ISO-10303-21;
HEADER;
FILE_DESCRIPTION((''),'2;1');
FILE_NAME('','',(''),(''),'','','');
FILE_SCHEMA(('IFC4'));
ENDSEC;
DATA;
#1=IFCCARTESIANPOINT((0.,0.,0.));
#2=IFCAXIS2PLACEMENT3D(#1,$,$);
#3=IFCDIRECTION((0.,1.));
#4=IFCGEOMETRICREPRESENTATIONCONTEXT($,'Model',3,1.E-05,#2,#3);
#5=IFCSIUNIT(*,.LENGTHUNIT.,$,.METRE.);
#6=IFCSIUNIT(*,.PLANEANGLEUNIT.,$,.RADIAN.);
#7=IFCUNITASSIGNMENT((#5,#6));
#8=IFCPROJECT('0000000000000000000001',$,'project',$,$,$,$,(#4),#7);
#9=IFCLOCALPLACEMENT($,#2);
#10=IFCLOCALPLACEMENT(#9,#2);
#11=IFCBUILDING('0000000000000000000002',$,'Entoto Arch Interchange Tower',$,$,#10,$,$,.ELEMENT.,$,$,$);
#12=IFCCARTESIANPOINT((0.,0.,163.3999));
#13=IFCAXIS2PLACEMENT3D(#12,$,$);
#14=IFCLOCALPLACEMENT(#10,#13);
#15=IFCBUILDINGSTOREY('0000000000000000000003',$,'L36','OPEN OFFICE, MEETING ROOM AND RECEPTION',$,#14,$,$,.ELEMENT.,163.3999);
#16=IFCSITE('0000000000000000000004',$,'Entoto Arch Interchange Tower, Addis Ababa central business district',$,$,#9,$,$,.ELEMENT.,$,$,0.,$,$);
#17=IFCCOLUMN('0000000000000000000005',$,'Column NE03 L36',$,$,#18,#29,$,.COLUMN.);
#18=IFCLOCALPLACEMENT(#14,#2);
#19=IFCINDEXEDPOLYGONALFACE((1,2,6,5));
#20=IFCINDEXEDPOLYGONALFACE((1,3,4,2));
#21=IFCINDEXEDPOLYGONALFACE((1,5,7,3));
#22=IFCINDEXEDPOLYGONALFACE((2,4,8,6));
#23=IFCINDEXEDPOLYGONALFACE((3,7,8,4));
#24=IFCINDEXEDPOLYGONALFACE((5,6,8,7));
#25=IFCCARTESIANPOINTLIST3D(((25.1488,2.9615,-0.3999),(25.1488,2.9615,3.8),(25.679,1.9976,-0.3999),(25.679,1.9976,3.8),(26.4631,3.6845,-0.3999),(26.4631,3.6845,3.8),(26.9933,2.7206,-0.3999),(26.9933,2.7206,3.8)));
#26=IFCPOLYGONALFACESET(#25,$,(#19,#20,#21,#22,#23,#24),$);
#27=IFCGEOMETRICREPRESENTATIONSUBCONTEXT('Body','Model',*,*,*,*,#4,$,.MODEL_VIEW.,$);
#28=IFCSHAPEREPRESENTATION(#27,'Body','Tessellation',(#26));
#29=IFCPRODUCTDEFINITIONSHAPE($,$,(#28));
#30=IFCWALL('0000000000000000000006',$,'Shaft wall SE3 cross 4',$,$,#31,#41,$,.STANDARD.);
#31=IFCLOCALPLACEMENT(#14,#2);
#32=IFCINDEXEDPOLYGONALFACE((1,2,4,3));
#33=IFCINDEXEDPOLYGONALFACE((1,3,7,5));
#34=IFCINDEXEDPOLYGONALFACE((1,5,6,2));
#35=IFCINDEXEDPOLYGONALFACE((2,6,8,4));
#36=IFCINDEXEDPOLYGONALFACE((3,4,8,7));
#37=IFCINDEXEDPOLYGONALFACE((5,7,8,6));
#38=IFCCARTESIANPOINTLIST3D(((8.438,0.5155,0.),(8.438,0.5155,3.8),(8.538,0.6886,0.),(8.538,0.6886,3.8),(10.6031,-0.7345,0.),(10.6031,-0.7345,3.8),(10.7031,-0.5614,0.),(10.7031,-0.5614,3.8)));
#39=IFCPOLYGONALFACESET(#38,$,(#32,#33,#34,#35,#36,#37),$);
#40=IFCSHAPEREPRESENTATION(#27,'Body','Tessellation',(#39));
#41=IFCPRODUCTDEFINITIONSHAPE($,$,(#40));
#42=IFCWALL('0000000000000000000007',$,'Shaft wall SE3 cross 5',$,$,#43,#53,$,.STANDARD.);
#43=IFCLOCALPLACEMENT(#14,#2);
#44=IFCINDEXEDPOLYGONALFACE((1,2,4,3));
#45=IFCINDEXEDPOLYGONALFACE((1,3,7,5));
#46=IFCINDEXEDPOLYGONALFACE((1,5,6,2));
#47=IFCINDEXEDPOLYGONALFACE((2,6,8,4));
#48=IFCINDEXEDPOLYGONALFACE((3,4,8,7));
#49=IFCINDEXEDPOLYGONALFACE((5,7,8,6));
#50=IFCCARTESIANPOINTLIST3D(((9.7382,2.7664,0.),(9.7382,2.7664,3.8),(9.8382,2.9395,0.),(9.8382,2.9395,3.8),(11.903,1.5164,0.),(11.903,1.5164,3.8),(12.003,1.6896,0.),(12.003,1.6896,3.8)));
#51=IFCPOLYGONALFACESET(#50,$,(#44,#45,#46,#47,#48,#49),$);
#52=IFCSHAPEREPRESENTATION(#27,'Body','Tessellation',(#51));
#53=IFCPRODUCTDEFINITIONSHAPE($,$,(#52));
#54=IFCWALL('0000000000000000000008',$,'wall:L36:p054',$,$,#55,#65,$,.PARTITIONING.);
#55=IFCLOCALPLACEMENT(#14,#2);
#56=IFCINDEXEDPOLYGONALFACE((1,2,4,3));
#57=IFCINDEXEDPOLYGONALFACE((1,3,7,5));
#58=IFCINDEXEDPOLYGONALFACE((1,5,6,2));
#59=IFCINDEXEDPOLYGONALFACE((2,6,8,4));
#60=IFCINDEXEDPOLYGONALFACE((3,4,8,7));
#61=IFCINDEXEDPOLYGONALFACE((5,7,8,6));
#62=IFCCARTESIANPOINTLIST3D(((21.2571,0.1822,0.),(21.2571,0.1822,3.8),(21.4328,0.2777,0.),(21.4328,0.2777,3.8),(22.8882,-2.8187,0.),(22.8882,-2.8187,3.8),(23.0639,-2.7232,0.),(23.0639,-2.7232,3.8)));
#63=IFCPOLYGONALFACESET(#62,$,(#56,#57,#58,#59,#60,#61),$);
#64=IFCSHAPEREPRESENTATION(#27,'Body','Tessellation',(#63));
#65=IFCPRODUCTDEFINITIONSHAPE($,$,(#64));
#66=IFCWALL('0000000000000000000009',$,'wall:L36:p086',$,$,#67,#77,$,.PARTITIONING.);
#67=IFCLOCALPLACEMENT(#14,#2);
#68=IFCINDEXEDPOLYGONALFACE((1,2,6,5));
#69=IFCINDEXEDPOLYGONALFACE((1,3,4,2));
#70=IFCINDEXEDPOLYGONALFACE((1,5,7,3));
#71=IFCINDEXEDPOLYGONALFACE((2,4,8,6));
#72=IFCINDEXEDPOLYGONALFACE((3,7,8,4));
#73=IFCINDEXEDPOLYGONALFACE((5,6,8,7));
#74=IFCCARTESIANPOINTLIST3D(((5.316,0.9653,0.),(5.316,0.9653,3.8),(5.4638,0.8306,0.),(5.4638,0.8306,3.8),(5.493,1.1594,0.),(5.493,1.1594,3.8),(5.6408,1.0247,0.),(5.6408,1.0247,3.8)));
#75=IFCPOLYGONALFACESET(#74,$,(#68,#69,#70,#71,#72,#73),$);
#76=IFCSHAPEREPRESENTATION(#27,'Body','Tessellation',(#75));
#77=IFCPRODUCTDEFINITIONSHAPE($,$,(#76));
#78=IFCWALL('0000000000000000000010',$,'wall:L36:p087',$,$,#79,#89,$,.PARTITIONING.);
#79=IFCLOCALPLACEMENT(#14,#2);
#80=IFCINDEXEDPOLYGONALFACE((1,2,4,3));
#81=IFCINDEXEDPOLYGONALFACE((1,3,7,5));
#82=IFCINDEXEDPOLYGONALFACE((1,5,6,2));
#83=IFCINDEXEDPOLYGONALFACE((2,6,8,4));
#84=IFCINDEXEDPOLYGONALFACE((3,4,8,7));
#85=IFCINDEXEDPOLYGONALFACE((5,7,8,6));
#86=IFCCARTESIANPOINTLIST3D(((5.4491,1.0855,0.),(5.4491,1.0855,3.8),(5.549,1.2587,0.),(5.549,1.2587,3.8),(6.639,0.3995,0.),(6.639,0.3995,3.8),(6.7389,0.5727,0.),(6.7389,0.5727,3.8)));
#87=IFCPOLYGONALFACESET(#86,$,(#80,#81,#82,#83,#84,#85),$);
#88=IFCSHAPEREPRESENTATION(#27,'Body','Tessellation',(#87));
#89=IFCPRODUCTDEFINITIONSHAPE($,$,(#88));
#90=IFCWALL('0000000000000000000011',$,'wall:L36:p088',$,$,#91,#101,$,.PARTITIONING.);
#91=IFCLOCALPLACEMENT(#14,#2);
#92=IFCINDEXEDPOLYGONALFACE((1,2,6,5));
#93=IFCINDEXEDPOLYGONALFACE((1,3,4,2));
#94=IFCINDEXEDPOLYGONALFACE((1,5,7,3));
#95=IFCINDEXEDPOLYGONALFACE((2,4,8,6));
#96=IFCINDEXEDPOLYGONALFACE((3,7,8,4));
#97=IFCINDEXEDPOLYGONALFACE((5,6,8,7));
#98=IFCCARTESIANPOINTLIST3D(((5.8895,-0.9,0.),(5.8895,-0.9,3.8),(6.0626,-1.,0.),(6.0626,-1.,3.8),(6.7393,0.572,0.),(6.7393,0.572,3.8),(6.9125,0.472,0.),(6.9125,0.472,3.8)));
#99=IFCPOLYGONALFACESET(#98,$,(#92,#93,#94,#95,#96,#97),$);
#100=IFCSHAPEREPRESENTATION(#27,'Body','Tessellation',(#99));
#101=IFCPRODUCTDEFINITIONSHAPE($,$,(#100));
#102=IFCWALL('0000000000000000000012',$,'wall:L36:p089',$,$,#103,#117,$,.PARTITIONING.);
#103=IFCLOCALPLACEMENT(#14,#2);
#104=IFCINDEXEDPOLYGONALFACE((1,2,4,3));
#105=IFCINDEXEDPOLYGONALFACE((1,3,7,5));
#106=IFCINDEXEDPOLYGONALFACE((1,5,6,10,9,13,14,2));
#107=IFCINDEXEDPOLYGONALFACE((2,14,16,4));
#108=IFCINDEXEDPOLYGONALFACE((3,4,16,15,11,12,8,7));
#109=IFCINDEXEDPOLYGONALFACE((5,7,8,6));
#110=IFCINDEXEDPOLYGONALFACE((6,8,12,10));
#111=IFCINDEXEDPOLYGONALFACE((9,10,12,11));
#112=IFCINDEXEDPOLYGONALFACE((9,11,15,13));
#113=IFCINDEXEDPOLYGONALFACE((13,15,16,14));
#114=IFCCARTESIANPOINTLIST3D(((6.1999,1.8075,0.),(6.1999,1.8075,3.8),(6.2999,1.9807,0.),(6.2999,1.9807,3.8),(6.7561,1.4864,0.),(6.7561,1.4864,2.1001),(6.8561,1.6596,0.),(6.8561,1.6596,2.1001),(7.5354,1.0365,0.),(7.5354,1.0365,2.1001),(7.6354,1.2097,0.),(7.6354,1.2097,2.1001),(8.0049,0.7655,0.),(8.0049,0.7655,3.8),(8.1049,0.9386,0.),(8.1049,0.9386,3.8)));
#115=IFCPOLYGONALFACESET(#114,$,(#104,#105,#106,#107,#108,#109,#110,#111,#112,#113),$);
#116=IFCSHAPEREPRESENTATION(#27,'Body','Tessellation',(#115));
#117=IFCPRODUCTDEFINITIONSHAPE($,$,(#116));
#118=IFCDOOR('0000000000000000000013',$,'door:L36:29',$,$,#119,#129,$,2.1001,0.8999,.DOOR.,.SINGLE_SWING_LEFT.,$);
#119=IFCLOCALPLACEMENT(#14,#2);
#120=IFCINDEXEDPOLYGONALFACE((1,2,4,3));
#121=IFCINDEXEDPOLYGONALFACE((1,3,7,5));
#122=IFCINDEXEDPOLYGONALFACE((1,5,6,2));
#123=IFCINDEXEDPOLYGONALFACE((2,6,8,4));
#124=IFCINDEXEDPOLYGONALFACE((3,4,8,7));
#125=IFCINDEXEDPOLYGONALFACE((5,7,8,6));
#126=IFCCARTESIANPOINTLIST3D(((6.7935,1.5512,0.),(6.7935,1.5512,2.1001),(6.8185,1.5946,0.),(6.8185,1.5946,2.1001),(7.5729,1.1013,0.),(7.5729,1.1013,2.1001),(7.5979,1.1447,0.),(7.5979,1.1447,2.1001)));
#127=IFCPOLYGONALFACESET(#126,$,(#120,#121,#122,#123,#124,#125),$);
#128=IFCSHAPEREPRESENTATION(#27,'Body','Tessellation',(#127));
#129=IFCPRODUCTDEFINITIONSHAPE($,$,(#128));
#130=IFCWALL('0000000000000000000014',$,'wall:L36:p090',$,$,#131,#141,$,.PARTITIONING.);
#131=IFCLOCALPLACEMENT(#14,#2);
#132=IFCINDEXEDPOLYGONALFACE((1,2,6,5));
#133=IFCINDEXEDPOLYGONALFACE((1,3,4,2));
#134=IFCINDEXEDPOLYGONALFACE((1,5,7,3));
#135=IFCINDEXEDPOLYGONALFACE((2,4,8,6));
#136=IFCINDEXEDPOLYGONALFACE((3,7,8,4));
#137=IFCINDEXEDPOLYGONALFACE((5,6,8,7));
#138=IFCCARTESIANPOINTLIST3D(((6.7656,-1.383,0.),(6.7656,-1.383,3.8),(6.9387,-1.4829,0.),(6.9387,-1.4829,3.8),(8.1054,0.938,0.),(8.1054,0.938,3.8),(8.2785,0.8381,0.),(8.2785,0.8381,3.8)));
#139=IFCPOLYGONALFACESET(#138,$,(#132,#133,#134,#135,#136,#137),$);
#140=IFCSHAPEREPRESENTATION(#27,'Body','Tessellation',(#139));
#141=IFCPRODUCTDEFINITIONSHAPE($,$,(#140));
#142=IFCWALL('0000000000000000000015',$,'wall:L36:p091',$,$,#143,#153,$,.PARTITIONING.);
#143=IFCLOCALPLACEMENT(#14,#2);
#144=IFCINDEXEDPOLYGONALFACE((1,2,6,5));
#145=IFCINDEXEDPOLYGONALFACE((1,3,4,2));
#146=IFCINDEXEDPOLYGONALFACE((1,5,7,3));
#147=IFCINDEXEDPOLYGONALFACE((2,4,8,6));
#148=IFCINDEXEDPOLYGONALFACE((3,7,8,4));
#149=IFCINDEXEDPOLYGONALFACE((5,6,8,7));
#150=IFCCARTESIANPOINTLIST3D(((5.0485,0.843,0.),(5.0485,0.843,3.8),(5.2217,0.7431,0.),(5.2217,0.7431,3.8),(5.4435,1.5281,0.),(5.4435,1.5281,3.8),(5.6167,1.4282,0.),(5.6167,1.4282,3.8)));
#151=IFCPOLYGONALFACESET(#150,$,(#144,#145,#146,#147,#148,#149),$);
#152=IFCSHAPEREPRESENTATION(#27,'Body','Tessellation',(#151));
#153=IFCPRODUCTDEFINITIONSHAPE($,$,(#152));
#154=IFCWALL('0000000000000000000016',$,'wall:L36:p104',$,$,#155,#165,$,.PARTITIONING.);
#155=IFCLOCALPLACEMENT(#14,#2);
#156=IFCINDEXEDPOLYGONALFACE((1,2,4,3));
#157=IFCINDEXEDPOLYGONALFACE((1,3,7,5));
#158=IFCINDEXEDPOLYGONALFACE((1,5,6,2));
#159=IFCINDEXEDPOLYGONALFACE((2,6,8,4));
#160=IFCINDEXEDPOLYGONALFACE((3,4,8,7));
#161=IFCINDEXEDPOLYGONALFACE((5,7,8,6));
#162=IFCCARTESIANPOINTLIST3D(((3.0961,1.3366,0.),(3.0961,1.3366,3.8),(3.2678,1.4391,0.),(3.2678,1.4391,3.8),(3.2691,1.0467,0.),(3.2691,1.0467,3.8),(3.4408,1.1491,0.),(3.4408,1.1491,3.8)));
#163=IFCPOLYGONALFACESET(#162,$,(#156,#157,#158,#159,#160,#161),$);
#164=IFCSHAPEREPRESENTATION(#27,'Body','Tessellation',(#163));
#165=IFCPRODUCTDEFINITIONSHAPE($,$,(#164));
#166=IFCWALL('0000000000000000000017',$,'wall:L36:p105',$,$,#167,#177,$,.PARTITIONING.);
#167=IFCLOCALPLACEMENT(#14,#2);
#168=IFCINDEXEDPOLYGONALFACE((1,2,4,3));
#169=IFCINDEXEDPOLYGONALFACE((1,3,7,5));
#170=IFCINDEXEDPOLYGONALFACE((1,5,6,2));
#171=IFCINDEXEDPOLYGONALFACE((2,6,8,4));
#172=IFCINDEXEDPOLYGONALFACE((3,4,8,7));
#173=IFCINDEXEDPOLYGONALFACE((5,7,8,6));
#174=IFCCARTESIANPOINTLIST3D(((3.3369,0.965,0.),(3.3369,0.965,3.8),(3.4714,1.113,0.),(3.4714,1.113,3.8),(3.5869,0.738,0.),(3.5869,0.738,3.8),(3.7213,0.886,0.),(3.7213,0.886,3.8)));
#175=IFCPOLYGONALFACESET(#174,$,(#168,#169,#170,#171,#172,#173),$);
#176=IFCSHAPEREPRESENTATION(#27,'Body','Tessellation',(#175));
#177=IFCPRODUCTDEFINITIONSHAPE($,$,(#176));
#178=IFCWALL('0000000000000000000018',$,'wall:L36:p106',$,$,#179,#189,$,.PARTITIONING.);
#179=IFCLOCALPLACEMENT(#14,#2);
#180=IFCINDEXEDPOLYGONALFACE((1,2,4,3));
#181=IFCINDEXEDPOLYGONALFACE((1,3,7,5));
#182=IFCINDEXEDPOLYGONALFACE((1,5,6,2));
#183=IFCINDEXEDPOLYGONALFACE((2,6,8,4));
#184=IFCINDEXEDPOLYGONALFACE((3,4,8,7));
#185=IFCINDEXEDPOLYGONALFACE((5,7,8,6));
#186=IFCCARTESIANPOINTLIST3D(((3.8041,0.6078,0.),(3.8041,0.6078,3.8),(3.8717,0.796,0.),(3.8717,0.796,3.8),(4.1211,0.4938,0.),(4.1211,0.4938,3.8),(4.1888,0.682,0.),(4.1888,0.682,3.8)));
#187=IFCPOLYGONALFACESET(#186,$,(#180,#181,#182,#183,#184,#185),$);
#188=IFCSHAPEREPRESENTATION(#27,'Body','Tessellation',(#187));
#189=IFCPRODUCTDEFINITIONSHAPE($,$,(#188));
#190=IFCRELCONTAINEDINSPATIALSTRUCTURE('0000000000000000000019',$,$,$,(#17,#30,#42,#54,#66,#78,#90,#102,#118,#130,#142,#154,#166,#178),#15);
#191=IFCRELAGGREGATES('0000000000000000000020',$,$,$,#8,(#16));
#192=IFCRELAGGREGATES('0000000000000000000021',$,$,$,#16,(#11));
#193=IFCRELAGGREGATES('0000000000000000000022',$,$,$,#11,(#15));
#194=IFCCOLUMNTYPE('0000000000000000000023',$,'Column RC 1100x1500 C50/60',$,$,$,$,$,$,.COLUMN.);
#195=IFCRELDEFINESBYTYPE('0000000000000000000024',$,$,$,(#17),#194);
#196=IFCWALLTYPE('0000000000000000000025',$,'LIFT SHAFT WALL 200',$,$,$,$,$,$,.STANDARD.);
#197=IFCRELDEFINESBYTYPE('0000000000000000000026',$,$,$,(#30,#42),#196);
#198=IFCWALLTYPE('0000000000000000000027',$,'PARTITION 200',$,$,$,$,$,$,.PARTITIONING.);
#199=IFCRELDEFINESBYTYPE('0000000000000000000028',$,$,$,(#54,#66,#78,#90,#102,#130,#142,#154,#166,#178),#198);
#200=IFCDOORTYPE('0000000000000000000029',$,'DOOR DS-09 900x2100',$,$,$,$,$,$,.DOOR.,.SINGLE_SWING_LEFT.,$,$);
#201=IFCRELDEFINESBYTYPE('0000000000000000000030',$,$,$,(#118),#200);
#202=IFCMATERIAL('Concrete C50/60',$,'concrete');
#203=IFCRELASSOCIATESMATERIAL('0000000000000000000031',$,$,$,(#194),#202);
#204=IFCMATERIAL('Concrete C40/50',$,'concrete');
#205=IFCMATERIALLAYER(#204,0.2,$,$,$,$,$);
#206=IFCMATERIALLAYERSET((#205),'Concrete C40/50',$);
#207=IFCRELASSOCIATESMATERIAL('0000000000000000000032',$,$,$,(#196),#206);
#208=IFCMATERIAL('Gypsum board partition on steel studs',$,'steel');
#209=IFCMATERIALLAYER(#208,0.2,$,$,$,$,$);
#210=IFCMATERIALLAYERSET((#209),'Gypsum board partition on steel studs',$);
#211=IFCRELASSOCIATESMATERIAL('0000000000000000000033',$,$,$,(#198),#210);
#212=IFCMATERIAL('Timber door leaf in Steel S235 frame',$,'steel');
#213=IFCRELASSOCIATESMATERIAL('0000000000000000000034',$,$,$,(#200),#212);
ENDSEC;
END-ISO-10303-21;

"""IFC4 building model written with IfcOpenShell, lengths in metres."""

from ifc_helpers import new_model, si_unit, direction, frame, frame_2d, origin, origin_2d, place, context, subcontext, project, spatial, rectangle, extrude, material, layer, layer_set, material_profile, profile_set, type_object, element, fill, save


model = new_model("IFC4")

# Units and contexts
model_context = context("Model", 3, precision=1e-05, world=origin(), true_north=direction((0.0, 1.0)))
body_context = subcontext(model_context, "Body", "Model", "MODEL_VIEW")
ifc_project = project(units=[si_unit("LENGTHUNIT", "METRE"), si_unit("PLANEANGLEUNIT", "RADIAN")], contexts=[model_context])

# Site, building, storey
site_placement = place(None, origin())
site = spatial("IfcSite", under=ifc_project, at=site_placement, Name="Entoto Arch Interchange Tower, Addis Ababa central business district", CompositionType="ELEMENT", RefElevation=0.0)
building_placement = place(site_placement, origin())
building = spatial("IfcBuilding", under=site, at=building_placement, Name="Entoto Arch Interchange Tower", CompositionType="ELEMENT")
storey_placement = place(building_placement, frame((0.0, 0.0, 163.3999)))
storey = spatial("IfcBuildingStorey", under=building, at=storey_placement, Name="L36", Description="OPEN OFFICE, MEETING ROOM AND RECEPTION", CompositionType="ELEMENT", Elevation=163.3999)

# Column
ifc_material_1 = material(Name="Concrete C50/60", Category="concrete")
ifc_material_profile = material_profile(ifc_material_1, rectangle(XDim=1.1001, YDim=1.5, at=origin_2d()))
ifc_profile_set = profile_set([ifc_material_profile], Name="Concrete C50/60")
column_type = type_object("IfcColumnType", Name="Column RC 1100x1500 C50/60", PredefinedType="COLUMN", material=ifc_profile_set)
column_placement = place(storey_placement, frame((26.071, 2.8411, -0.3999), z_axis=(0.0, 0.0, 1.0), x_axis=(-0.481983, 0.876181, 0.0)))
element("IfcColumn", 1, at=column_placement, inside=storey, type_object=column_type, Name="Column NE03 L36", PredefinedType="COLUMN", context=body_context, shape_type="SweptSolid", body=[
    extrude(rectangle(XDim=1.1001, YDim=1.5, at=origin_2d()), origin(), (0.0, 0.0, 1.0), 4.2),
])

# Walls
ifc_material_2 = material(Name="Concrete C40/50", Category="concrete")
ifc_layer_1 = layer(ifc_material_2, 0.2)
ifc_layer_set_1 = layer_set([ifc_layer_1], Name="Concrete C40/50")
wall_type_1 = type_object("IfcWallType", Name="LIFT SHAFT WALL 200", PredefinedType="STANDARD", material=ifc_layer_set_1)
wall_1_placement = place(storey_placement, frame((8.488, 0.6021, 0.0), z_axis=(0.0, 0.0, 1.0), x_axis=(0.866023, -0.500004, 0.0)))
element("IfcWall", 2, at=wall_1_placement, inside=storey, type_object=wall_type_1, Name="Shaft wall SE3 cross 4", PredefinedType="STANDARD", context=body_context, shape_type="SweptSolid", body=[
    extrude(rectangle(XDim=2.5, YDim=0.2, at=frame_2d((1.25, 0.0))), origin(), (0.0, 0.0, 1.0), 3.8),
])
wall_2_placement = place(storey_placement, frame((9.7881, 2.853, 0.0), z_axis=(0.0, 0.0, 1.0), x_axis=(0.865999, -0.500047, 0.0)))
element("IfcWall", 3, at=wall_2_placement, inside=storey, type_object=wall_type_1, Name="Shaft wall SE3 cross 5", PredefinedType="STANDARD", context=body_context, shape_type="SweptSolid", body=[
    extrude(rectangle(XDim=2.4998, YDim=0.2, at=frame_2d((1.25, 0.0))), origin(), (0.0, 0.0, 1.0), 3.8),
])
ifc_material_3 = material(Name="Gypsum board partition on steel studs", Category="steel")
ifc_layer_2 = layer(ifc_material_3, 0.2)
ifc_layer_set_2 = layer_set([ifc_layer_2], Name="Gypsum board partition on steel studs")
wall_type_2 = type_object("IfcWallType", Name="PARTITION 200", PredefinedType="PARTITIONING", material=ifc_layer_set_2)
wall_3_placement = place(storey_placement, frame((21.345, 0.23, 0.0), z_axis=(0.0, 0.0, 1.0), x_axis=(0.477545, -0.878608, 0.0)))
element("IfcWall", 4, at=wall_3_placement, inside=storey, type_object=wall_type_2, Name="wall:L36:p054", PredefinedType="PARTITIONING", context=body_context, shape_type="SweptSolid", body=[
    extrude(rectangle(XDim=3.4155, YDim=0.2, at=frame_2d((1.7078, 0.0))), origin(), (0.0, 0.0, 1.0), 3.8),
])
wall_4_placement = place(storey_placement, frame((5.3899, 0.8979, 0.0), z_axis=(0.0, 0.0, 1.0), x_axis=(0.673828, 0.738888, 0.0)))
element("IfcWall", 5, at=wall_4_placement, inside=storey, type_object=wall_type_2, Name="wall:L36:p086", PredefinedType="PARTITIONING", context=body_context, shape_type="SweptSolid", body=[
    extrude(rectangle(XDim=0.2627, YDim=0.2, at=frame_2d((0.1313, 0.0))), origin(), (0.0, 0.0, 1.0), 3.8),
])
wall_5_placement = place(storey_placement, frame((5.499, 1.1721, 0.0), z_axis=(0.0, 0.0, 1.0), x_axis=(0.866334, -0.499466, 0.0)))
element("IfcWall", 6, at=wall_5_placement, inside=storey, type_object=wall_type_2, Name="wall:L36:p087", PredefinedType="PARTITIONING", context=body_context, shape_type="SweptSolid", body=[
    extrude(rectangle(XDim=1.3735, YDim=0.2, at=frame_2d((0.6868, 0.0))), origin(), (0.0, 0.0, 1.0), 3.8),
])
wall_6_placement = place(storey_placement, frame((6.8259, 0.522, 0.0), z_axis=(0.0, 0.0, 1.0), x_axis=(-0.500017, -0.866016, 0.0)))
element("IfcWall", 7, at=wall_6_placement, inside=storey, type_object=wall_type_2, Name="wall:L36:p088", PredefinedType="PARTITIONING", context=body_context, shape_type="SweptSolid", body=[
    extrude(rectangle(XDim=1.6997, YDim=0.2, at=frame_2d((0.8499, 0.0))), origin(), (0.0, 0.0, 1.0), 3.8),
])

# Wall, opening, door
wall_7_placement = place(storey_placement, frame((6.25, 1.894, 0.0), z_axis=(0.0, 0.0, 1.0), x_axis=(0.866043, -0.499969, 0.0)))
wall_7 = element("IfcWall", 8, at=wall_7_placement, inside=storey, type_object=wall_type_2, Name="wall:L36:p089", PredefinedType="PARTITIONING", context=body_context, shape_type="SweptSolid", body=[
    extrude(rectangle(XDim=2.0842, YDim=0.2, at=frame_2d((1.042, 0.0))), origin(), (0.0, 0.0, 1.0), 3.8),
])
opening_1_placement = place(wall_7_placement, frame((0.6421, 0.0, 0.0)))
opening_1 = element("IfcOpeningElement", 9, at=opening_1_placement, cuts=wall_7, PredefinedType="OPENING", context=body_context, shape_type="SweptSolid", body=[
    extrude(rectangle(XDim=0.8999, YDim=2.1001, at=frame_2d((0.45, 1.05))), frame((0.0, 0.1099, 0.0), z_axis=(0.0, -1.0, 0.0), x_axis=(1.0, 0.0, 0.0)), (0.0, 0.0, 1.0), 0.22),
])
ifc_material_4 = material(Name="Timber door leaf in Steel S235 frame", Category="steel")
door_type_1 = type_object("IfcDoorType", Name="DOOR DS-09 900x2100", OperationType="SINGLE_SWING_LEFT", PredefinedType="DOOR", material=ifc_material_4)
door_1_placement = place(opening_1_placement, origin())
door_1 = element("IfcDoor", 10, at=door_1_placement, inside=storey, type_object=door_type_1, Name="door:L36:29", OperationType="SINGLE_SWING_LEFT", OverallHeight=2.1001, OverallWidth=0.8999, PredefinedType="DOOR", context=body_context, shape_type="SweptSolid", body=[
    extrude(rectangle(XDim=0.8999, YDim=2.1001, at=frame_2d((0.45, 1.05))), frame((0.0, 0.0249, 0.0), z_axis=(0.0, -1.0, 0.0), x_axis=(1.0, 0.0, 0.0)), (0.0, 0.0, 1.0), 0.05),
])
fill(opening_1, door_1)

# Walls
wall_8_placement = place(storey_placement, frame((8.1919, 0.8879, 0.0), z_axis=(0.0, 0.0, 1.0), x_axis=(-0.499941, -0.86606, 0.0)))
element("IfcWall", 11, at=wall_8_placement, inside=storey, type_object=wall_type_2, Name="wall:L36:p090", PredefinedType="PARTITIONING", context=body_context, shape_type="SweptSolid", body=[
    extrude(rectangle(XDim=2.6799, YDim=0.2, at=frame_2d((1.3398, 0.0))), origin(), (0.0, 0.0, 1.0), 3.8),
])
wall_9_placement = place(storey_placement, frame((5.135, 0.793, 0.0), z_axis=(0.0, 0.0, 1.0), x_axis=(0.499526, 0.866299, 0.0)))
element("IfcWall", 12, at=wall_9_placement, inside=storey, type_object=wall_type_2, Name="wall:L36:p091", PredefinedType="PARTITIONING", context=body_context, shape_type="SweptSolid", body=[
    extrude(rectangle(XDim=0.7908, YDim=0.2, at=frame_2d((0.3955, 0.0))), origin(), (0.0, 0.0, 1.0), 3.8),
])
for number, where, z_axis, x_axis, name in (
    (13, (3.1819, 1.3879, 0.0), (0.0, 0.0, 1.0), (0.512475, -0.858702, 0.0), "wall:L36:p104"),
    (14, (3.4041, 1.0391, 0.0), (0.0, 0.0, 1.0), (0.740267, -0.672313, 0.0), "wall:L36:p105"),
):
    element("IfcWall", number, at=place(storey_placement, frame(where, z_axis=z_axis, x_axis=x_axis)), inside=storey, type_object=wall_type_2, Name=name, PredefinedType="PARTITIONING", context=body_context, shape_type="SweptSolid", body=[
        extrude(rectangle(XDim=0.3376, YDim=0.2, at=frame_2d((0.1689, 0.0))), origin(), (0.0, 0.0, 1.0), 3.8),
    ])
wall_10_placement = place(storey_placement, frame((3.8379, 0.7019, 0.0), z_axis=(0.0, 0.0, 1.0), x_axis=(0.941035, -0.338309, 0.0)))
element("IfcWall", 15, at=wall_10_placement, inside=storey, type_object=wall_type_2, Name="wall:L36:p106", PredefinedType="PARTITIONING", context=body_context, shape_type="SweptSolid", body=[
    extrude(rectangle(XDim=0.3369, YDim=0.2, at=frame_2d((0.1685, 0.0))), origin(), (0.0, 0.0, 1.0), 3.8),
])

save(model, "model.ifc")
